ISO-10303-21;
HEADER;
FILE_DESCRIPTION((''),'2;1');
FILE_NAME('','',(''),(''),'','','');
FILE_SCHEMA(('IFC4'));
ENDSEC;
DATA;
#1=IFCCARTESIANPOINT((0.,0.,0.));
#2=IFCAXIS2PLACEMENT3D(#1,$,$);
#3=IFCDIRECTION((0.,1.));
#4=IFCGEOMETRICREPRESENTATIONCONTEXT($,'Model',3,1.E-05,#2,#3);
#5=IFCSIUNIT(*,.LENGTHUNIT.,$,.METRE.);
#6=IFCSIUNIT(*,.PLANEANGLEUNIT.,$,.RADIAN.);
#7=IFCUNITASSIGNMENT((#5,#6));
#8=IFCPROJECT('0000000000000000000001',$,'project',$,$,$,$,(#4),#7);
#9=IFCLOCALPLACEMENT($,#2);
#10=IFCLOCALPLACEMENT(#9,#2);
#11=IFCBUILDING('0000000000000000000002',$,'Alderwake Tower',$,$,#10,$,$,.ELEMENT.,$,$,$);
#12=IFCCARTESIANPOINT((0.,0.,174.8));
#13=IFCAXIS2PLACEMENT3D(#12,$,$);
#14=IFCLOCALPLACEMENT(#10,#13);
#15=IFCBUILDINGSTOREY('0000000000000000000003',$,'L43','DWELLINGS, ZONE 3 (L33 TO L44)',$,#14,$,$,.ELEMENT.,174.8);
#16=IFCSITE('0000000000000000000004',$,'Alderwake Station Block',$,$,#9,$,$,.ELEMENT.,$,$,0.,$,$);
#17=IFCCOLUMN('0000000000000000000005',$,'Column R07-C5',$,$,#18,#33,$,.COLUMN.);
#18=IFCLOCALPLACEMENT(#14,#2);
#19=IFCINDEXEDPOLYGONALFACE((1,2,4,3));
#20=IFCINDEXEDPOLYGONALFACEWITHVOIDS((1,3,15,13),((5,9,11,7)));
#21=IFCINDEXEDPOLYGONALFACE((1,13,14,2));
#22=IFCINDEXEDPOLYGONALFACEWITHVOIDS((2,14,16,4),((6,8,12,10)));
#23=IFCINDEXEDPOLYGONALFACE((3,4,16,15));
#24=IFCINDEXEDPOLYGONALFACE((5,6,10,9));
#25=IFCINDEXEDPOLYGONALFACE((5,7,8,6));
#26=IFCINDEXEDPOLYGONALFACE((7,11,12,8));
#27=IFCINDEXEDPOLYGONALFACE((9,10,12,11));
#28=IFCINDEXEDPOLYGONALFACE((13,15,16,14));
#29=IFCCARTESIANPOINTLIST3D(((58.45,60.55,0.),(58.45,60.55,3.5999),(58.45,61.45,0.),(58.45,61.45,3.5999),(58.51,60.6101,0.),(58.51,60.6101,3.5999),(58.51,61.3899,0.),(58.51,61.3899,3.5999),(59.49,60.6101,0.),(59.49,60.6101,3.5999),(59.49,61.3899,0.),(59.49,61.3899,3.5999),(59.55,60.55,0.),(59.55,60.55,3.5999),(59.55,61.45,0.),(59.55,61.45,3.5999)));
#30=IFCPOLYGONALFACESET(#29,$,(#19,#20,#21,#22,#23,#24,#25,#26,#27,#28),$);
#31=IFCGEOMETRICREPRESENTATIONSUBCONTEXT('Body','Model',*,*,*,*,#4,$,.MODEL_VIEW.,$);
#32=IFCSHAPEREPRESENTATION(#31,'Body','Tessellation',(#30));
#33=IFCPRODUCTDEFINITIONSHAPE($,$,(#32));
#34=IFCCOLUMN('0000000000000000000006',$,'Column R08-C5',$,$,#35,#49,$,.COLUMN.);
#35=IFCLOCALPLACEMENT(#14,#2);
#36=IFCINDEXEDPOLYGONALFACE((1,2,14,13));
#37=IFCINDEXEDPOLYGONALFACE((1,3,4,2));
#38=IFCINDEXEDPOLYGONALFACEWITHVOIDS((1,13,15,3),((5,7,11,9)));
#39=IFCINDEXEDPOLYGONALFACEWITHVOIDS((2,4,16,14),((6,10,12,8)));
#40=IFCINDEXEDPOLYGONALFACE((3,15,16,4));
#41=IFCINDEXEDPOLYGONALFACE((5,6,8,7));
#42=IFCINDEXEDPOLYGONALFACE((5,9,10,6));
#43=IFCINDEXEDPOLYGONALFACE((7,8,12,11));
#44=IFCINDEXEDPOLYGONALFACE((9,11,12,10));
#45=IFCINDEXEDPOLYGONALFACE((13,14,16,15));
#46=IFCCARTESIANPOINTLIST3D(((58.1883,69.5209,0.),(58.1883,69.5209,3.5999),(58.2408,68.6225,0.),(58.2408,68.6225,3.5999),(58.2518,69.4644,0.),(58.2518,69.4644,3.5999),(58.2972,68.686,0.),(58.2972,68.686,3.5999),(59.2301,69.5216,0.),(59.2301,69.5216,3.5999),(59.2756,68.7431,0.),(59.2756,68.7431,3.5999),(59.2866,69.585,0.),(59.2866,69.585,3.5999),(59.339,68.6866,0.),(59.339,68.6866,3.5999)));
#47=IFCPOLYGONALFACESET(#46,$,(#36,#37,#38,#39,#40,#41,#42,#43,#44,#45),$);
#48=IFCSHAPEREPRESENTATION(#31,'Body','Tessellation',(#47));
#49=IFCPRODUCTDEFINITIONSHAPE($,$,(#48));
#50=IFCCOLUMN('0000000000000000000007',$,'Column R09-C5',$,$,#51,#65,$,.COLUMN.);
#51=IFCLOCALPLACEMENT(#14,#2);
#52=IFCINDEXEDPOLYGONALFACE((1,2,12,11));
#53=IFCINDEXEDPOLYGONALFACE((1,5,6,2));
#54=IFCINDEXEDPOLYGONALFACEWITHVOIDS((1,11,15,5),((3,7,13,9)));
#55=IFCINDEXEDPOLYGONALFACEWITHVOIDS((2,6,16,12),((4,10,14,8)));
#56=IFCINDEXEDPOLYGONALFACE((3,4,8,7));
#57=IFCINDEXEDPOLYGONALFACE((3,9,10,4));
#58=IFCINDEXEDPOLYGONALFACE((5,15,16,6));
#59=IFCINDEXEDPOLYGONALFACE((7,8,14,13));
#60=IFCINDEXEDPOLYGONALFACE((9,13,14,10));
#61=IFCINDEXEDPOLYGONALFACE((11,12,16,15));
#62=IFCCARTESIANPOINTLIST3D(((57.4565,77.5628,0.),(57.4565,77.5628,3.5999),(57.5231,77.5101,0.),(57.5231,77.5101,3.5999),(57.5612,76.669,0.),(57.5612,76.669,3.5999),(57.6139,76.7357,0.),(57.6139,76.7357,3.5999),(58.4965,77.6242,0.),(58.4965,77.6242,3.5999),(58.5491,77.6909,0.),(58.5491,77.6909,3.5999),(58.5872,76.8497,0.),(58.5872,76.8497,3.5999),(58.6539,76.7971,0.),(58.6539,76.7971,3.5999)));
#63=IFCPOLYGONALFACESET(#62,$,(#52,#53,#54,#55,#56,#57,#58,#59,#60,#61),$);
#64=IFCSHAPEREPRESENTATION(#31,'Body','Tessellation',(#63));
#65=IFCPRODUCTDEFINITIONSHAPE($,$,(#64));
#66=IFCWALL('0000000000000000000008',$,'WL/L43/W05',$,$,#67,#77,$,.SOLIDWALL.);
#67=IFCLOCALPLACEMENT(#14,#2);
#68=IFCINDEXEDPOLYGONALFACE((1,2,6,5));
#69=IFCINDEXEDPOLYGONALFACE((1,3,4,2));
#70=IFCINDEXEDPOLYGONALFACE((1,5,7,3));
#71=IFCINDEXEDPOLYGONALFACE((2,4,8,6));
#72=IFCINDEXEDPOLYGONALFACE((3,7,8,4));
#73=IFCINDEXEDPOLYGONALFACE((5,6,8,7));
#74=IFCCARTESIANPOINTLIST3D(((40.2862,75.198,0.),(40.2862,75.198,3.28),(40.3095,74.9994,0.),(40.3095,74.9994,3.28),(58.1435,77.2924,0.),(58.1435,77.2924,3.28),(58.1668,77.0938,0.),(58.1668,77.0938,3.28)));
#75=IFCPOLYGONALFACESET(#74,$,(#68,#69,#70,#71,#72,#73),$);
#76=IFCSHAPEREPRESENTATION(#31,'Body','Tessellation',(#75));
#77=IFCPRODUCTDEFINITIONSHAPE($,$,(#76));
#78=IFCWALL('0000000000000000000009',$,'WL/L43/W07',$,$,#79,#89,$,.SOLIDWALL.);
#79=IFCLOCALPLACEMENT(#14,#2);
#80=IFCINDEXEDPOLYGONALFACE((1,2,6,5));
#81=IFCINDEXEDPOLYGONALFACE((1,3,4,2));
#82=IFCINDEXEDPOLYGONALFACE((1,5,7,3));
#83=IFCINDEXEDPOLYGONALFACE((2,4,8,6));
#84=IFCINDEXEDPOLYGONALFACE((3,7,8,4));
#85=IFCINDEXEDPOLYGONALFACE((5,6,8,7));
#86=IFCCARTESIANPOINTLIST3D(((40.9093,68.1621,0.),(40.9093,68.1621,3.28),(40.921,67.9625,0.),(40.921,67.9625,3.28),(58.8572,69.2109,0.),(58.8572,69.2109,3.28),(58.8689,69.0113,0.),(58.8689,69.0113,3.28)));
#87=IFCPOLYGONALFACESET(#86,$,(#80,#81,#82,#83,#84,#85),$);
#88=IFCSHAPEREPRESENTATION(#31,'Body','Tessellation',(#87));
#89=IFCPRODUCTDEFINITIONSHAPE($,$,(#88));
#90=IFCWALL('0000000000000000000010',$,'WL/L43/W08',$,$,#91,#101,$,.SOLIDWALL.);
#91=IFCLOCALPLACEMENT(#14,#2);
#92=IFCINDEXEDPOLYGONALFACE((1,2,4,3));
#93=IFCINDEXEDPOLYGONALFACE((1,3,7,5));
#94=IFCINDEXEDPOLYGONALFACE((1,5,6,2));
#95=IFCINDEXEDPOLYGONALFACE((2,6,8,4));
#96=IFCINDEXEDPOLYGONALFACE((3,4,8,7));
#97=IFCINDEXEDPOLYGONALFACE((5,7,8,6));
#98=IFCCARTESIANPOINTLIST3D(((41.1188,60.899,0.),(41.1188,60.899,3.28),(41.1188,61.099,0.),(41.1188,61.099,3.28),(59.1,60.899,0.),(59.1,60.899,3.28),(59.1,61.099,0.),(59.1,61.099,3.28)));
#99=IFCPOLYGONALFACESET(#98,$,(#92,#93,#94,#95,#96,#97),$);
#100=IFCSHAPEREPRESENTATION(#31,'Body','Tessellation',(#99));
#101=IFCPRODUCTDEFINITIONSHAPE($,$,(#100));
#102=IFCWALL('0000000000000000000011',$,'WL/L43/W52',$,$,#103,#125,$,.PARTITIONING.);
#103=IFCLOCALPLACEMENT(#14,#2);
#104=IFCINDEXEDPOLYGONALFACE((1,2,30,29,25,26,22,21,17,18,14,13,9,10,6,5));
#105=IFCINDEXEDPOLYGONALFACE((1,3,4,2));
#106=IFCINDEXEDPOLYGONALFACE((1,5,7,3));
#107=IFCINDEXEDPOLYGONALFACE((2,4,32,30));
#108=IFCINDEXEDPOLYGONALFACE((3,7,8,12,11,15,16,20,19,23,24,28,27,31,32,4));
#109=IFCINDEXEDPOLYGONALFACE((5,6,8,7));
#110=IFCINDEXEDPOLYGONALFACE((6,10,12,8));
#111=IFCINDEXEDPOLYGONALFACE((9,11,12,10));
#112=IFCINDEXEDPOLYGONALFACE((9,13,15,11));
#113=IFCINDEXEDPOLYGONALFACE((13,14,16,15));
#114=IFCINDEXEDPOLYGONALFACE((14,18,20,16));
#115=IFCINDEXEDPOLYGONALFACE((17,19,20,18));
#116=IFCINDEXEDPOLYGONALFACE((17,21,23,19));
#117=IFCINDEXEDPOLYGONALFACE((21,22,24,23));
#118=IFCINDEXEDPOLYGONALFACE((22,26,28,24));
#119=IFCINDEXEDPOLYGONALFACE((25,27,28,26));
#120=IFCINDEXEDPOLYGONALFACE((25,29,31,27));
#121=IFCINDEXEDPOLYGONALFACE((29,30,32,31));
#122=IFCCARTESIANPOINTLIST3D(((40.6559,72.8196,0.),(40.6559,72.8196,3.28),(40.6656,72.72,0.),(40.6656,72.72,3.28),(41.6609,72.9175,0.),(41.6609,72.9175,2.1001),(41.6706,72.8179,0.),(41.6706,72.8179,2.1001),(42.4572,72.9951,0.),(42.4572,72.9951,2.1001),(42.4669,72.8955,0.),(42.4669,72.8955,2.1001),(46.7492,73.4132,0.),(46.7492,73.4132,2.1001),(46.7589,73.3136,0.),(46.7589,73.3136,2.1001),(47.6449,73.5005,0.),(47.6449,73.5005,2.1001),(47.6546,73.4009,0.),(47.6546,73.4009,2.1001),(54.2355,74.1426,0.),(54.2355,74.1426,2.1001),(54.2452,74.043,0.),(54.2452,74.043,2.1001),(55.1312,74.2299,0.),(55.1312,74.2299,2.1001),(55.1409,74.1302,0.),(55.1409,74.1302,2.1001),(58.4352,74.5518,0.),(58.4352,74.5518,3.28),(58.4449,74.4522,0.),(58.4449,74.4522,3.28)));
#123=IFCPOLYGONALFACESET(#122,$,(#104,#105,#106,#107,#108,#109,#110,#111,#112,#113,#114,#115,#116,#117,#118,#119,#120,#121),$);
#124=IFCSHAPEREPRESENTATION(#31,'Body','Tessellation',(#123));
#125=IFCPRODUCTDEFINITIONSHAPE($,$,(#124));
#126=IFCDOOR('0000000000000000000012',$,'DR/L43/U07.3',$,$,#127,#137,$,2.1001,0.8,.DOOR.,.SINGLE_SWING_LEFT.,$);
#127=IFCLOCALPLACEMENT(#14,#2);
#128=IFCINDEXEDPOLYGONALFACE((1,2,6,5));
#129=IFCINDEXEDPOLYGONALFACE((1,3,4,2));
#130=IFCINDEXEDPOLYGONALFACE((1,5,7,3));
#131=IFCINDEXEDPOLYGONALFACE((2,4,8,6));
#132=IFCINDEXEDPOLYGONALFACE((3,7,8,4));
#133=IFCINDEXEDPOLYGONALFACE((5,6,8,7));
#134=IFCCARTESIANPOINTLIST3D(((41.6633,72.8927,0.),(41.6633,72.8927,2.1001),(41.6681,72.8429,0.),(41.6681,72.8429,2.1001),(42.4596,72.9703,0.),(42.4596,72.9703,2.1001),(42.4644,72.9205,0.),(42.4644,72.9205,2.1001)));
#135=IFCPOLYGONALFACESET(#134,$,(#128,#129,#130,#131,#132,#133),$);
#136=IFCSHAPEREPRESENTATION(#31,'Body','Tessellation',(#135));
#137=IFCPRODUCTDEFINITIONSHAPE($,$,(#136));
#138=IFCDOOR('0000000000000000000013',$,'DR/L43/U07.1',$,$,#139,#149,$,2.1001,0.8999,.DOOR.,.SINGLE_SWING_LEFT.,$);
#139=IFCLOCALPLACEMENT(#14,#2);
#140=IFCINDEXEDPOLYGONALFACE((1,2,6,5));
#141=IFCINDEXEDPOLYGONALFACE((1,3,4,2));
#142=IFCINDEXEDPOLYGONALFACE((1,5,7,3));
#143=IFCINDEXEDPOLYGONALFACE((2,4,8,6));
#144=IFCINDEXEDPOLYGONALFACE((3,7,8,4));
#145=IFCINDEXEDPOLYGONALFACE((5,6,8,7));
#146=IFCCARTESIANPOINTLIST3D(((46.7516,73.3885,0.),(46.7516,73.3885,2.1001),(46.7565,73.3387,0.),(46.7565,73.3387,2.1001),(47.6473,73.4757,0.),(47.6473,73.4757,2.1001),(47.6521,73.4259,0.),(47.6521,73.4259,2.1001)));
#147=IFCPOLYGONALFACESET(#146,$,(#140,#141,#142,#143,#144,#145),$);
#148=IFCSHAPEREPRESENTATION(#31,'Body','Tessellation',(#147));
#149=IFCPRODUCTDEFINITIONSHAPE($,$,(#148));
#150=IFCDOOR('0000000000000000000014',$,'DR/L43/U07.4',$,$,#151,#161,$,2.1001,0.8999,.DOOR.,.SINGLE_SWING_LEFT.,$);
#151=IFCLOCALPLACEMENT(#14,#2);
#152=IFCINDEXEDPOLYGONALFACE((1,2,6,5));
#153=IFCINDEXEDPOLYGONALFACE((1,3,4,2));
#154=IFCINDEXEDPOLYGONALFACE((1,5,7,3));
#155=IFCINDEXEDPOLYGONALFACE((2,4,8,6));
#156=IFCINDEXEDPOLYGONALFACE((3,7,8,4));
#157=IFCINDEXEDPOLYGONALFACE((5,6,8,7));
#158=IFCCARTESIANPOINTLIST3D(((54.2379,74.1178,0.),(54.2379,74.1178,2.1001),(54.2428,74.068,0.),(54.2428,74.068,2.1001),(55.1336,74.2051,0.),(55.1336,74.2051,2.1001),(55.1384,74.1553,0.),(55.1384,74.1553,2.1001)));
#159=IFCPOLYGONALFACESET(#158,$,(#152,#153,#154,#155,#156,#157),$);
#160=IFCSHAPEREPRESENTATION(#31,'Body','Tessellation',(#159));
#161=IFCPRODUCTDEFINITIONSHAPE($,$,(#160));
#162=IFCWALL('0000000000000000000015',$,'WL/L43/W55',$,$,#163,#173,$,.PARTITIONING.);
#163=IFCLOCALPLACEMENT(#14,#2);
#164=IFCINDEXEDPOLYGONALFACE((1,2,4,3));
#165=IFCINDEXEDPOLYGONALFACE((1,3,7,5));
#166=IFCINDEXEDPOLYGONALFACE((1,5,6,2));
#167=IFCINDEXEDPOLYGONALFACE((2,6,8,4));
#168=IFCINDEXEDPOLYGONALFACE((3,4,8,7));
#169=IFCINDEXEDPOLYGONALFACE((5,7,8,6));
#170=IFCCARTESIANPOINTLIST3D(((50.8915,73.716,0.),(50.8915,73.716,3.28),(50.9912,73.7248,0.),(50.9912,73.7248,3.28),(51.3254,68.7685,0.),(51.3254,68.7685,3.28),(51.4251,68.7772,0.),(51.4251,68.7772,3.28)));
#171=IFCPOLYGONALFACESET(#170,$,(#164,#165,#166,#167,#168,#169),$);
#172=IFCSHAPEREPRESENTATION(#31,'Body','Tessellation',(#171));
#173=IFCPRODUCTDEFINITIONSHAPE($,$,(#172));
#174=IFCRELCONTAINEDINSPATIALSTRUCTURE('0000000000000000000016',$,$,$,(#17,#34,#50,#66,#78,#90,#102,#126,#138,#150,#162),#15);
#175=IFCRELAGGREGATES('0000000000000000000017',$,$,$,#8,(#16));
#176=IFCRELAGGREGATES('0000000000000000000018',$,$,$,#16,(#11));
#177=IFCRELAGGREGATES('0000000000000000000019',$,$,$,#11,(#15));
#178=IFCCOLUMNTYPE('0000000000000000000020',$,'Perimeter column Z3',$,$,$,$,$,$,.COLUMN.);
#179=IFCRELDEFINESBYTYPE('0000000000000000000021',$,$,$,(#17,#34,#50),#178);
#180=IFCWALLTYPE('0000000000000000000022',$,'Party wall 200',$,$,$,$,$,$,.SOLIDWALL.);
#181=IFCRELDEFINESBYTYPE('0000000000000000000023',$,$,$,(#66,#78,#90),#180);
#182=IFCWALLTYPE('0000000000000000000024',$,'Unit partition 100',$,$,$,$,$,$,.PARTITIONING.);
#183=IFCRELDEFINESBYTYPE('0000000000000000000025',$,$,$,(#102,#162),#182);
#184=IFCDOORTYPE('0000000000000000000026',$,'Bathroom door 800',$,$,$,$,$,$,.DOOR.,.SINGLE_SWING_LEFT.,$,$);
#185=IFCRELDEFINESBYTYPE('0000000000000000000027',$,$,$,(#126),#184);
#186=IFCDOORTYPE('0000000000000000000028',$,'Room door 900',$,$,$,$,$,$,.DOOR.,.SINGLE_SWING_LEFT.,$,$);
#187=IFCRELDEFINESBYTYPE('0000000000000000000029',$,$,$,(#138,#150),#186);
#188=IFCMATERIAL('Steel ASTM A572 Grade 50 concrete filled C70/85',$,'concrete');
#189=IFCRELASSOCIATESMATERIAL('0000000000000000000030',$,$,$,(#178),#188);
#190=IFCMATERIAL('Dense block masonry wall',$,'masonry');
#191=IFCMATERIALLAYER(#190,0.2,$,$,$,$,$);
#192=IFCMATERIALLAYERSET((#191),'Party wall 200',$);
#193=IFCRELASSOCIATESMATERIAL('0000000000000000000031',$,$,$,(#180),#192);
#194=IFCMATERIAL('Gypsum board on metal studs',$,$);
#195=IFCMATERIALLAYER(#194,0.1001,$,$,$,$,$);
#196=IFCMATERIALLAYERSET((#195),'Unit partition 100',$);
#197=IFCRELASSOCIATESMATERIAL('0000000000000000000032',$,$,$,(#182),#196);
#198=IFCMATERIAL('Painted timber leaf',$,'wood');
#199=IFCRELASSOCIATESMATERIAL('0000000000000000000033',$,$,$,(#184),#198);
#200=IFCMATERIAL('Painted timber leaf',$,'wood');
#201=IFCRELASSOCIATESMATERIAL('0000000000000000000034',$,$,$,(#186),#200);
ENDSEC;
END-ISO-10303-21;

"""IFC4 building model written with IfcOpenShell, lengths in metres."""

from ifc_helpers import new_model, si_unit, direction, frame, frame_2d, origin, origin_2d, place, context, subcontext, project, spatial, rectangle, hollow_rectangle, extrude, material, layer, layer_set, material_profile, profile_set, type_object, element, fill, save


model = new_model("IFC4")

# Units and contexts
model_context = context("Model", 3, precision=1e-05, world=origin(), true_north=direction((0.0, 1.0)))
body_context = subcontext(model_context, "Body", "Model", "MODEL_VIEW")
ifc_project = project(units=[si_unit("LENGTHUNIT", "METRE"), si_unit("PLANEANGLEUNIT", "RADIAN")], contexts=[model_context])

# Site, building, storey
site_placement = place(None, origin())
site = spatial("IfcSite", under=ifc_project, at=site_placement, Name="Alderwake Station Block", CompositionType="ELEMENT", RefElevation=0.0)
building_placement = place(site_placement, origin())
building = spatial("IfcBuilding", under=site, at=building_placement, Name="Alderwake Tower", CompositionType="ELEMENT")
storey_placement = place(building_placement, frame((0.0, 0.0, 174.8)))
storey = spatial("IfcBuildingStorey", under=building, at=storey_placement, Name="L43", Description="DWELLINGS, ZONE 3 (L33 TO L44)", CompositionType="ELEMENT", Elevation=174.8)

# Columns
ifc_material_1 = material(Name="Steel ASTM A572 Grade 50 concrete filled C70/85", Category="concrete")
ifc_material_profile = material_profile(ifc_material_1, hollow_rectangle(XDim=0.8999, YDim=1.1001, WallThickness=0.0601, at=origin_2d()), Name="BOX 1100X900X60")
ifc_profile_set = profile_set([ifc_material_profile], Name="Steel ASTM A572 Grade 50 concrete filled C70/85")
column_type = type_object("IfcColumnType", Name="Perimeter column Z3", PredefinedType="COLUMN", material=ifc_profile_set)
for number, where, z_axis, x_axis, name in (
    (1, (59.0, 61.0, 0.0), (0.0, 0.0, 1.0), (0.0, 1.0, 0.0), "Column R07-C5"),
    (2, (58.7637, 69.1038, 0.0), (0.0, 0.0, 1.0), (-0.058299, 0.998299, 0.0), "Column R08-C5"),
    (3, (58.0552, 77.1799, 0.0), (0.0, 0.0, 1.0), (-0.116402, 0.993202, 0.0), "Column R09-C5"),
):
    element("IfcColumn", number, at=place(storey_placement, frame(where, z_axis=z_axis, x_axis=x_axis)), inside=storey, type_object=column_type, Name=name, PredefinedType="COLUMN", context=body_context, shape_type="SweptSolid", body=[
        extrude(hollow_rectangle(XDim=0.8999, YDim=1.1001, WallThickness=0.0601, at=origin_2d()), origin(), (0.0, 0.0, 1.0), 3.5999),
    ])

# Walls
ifc_material_2 = material(Name="Dense block masonry wall", Category="masonry")
ifc_layer_1 = layer(ifc_material_2, 0.2)
ifc_layer_set_1 = layer_set([ifc_layer_1], Name="Party wall 200")
wall_type_1 = type_object("IfcWallType", Name="Party wall 200", PredefinedType="SOLIDWALL", material=ifc_layer_set_1)
wall_1_placement = place(storey_placement, frame((58.155, 77.1931, 0.0), z_axis=(0.0, 0.0, 1.0), x_axis=(-0.993192, -0.116491, 0.0)))
element("IfcWall", 4, at=wall_1_placement, inside=storey, type_object=wall_type_1, Name="WL/L43/W05", PredefinedType="SOLIDWALL", context=body_context, shape_type="SweptSolid", body=[
    extrude(rectangle(XDim=17.9797, YDim=0.2, at=frame_2d((8.9897, 0.0))), origin(), (0.0, 0.0, 1.0), 3.28),
])
wall_2_placement = place(storey_placement, frame((58.863, 69.1111, 0.0), z_axis=(0.0, 0.0, 1.0), x_axis=(-0.998297, -0.058338, 0.0)))
element("IfcWall", 5, at=wall_2_placement, inside=storey, type_object=wall_type_1, Name="WL/L43/W07", PredefinedType="SOLIDWALL", context=body_context, shape_type="SweptSolid", body=[
    extrude(rectangle(XDim=17.9785, YDim=0.2, at=frame_2d((8.9893, 0.0))), origin(), (0.0, 0.0, 1.0), 3.28),
])
wall_3_placement = place(storey_placement, frame((59.1001, 60.999, 0.0), z_axis=(0.0, 0.0, 1.0), x_axis=(-1.0, 0.0, 0.0)))
element("IfcWall", 6, at=wall_3_placement, inside=storey, type_object=wall_type_1, Name="WL/L43/W08", PredefinedType="SOLIDWALL", context=body_context, shape_type="SweptSolid", body=[
    extrude(rectangle(XDim=17.9812, YDim=0.2, at=frame_2d((8.9907, 0.0))), origin(), (0.0, 0.0, 1.0), 3.28),
])

# Wall, openings, doors
ifc_material_3 = material(Name="Gypsum board on metal studs")
ifc_layer_2 = layer(ifc_material_3, 0.1001)
ifc_layer_set_2 = layer_set([ifc_layer_2], Name="Unit partition 100")
wall_type_2 = type_object("IfcWallType", Name="Unit partition 100", PredefinedType="PARTITIONING", material=ifc_layer_set_2)
wall_4_placement = place(storey_placement, frame((58.4399, 74.502, 0.0), z_axis=(0.0, 0.0, 1.0), x_axis=(-0.995288, -0.096968, 0.0)))
wall_4 = element("IfcWall", 7, at=wall_4_placement, inside=storey, type_object=wall_type_2, Name="WL/L43/W52", PredefinedType="PARTITIONING", context=body_context, shape_type="SweptSolid", body=[
    extrude(rectangle(XDim=17.8635, YDim=0.1001, at=frame_2d((8.9316, 0.0))), origin(), (0.0, 0.0, 1.0), 3.28),
])
opening_1_placement = place(wall_4_placement, frame((10.8413, 0.0, 0.0)))
opening_1 = element("IfcOpeningElement", 8, at=opening_1_placement, cuts=wall_4, PredefinedType="OPENING", context=body_context, shape_type="SweptSolid", body=[
    extrude(rectangle(XDim=0.8999, YDim=2.1001, at=frame_2d((0.45, 1.05))), frame((0.0, 0.0601, 0.0), z_axis=(0.0, -1.0, 0.0), x_axis=(1.0, 0.0, 0.0)), (0.0, 0.0, 1.0), 0.1201),
])
opening_2_placement = place(wall_4_placement, frame((16.0537, 0.0, 0.0)))
opening_2 = element("IfcOpeningElement", 9, at=opening_2_placement, cuts=wall_4, PredefinedType="OPENING", context=body_context, shape_type="SweptSolid", body=[
    extrude(rectangle(XDim=0.8, YDim=2.1001, at=frame_2d((0.3999, 1.05))), frame((0.0, 0.0601, 0.0), z_axis=(0.0, -1.0, 0.0), x_axis=(1.0, 0.0, 0.0)), (0.0, 0.0, 1.0), 0.1201),
])
opening_3_placement = place(wall_4_placement, frame((3.3196, 0.0, 0.0)))
opening_3 = element("IfcOpeningElement", 10, at=opening_3_placement, cuts=wall_4, PredefinedType="OPENING", context=body_context, shape_type="SweptSolid", body=[
    extrude(rectangle(XDim=0.8999, YDim=2.1001, at=frame_2d((0.45, 1.05))), frame((0.0, 0.0601, 0.0), z_axis=(0.0, -1.0, 0.0), x_axis=(1.0, 0.0, 0.0)), (0.0, 0.0, 1.0), 0.1201),
])
ifc_material_4 = material(Name="Painted timber leaf", Category="wood")
door_type_1 = type_object("IfcDoorType", Name="Bathroom door 800", OperationType="SINGLE_SWING_LEFT", PredefinedType="DOOR", material=ifc_material_4)
door_1_placement = place(opening_2_placement, origin())
door_1 = element("IfcDoor", 11, at=door_1_placement, inside=storey, type_object=door_type_1, Name="DR/L43/U07.3", OperationType="SINGLE_SWING_LEFT", OverallHeight=2.1001, OverallWidth=0.8, PredefinedType="DOOR", context=body_context, shape_type="SweptSolid", body=[
    extrude(rectangle(XDim=0.8, YDim=2.1001, at=frame_2d((0.3999, 1.05))), frame((0.0, 0.0249, 0.0), z_axis=(0.0, -1.0, 0.0), x_axis=(1.0, 0.0, 0.0)), (0.0, 0.0, 1.0), 0.05),
])
fill(opening_2, door_1)
ifc_material_5 = material(Name="Painted timber leaf", Category="wood")
door_type_2 = type_object("IfcDoorType", Name="Room door 900", OperationType="SINGLE_SWING_LEFT", PredefinedType="DOOR", material=ifc_material_5)
door_2_placement = place(opening_1_placement, origin())
door_2 = element("IfcDoor", 12, at=door_2_placement, inside=storey, type_object=door_type_2, Name="DR/L43/U07.1", OperationType="SINGLE_SWING_LEFT", OverallHeight=2.1001, OverallWidth=0.8999, PredefinedType="DOOR", context=body_context, shape_type="SweptSolid", body=[
    extrude(rectangle(XDim=0.8999, YDim=2.1001, at=frame_2d((0.45, 1.05))), frame((0.0, 0.0249, 0.0), z_axis=(0.0, -1.0, 0.0), x_axis=(1.0, 0.0, 0.0)), (0.0, 0.0, 1.0), 0.05),
])
fill(opening_1, door_2)
door_3_placement = place(opening_3_placement, origin())
door_3 = element("IfcDoor", 13, at=door_3_placement, inside=storey, type_object=door_type_2, Name="DR/L43/U07.4", OperationType="SINGLE_SWING_LEFT", OverallHeight=2.1001, OverallWidth=0.8999, PredefinedType="DOOR", context=body_context, shape_type="SweptSolid", body=[
    extrude(rectangle(XDim=0.8999, YDim=2.1001, at=frame_2d((0.45, 1.05))), frame((0.0, 0.0249, 0.0), z_axis=(0.0, -1.0, 0.0), x_axis=(1.0, 0.0, 0.0)), (0.0, 0.0, 1.0), 0.05),
])
fill(opening_3, door_3)

# Wall
wall_5_placement = place(storey_placement, frame((51.3752, 68.7727, 0.0), z_axis=(0.0, 0.0, 1.0), x_axis=(-0.087353, 0.996177, 0.0)))
element("IfcWall", 14, at=wall_5_placement, inside=storey, type_object=wall_type_2, Name="WL/L43/W55", PredefinedType="PARTITIONING", context=body_context, shape_type="SweptSolid", body=[
    extrude(rectangle(XDim=4.9666, YDim=0.1001, at=frame_2d((2.4834, 0.0))), origin(), (0.0, 0.0, 1.0), 3.28),
])

save(model, "model.ifc")
